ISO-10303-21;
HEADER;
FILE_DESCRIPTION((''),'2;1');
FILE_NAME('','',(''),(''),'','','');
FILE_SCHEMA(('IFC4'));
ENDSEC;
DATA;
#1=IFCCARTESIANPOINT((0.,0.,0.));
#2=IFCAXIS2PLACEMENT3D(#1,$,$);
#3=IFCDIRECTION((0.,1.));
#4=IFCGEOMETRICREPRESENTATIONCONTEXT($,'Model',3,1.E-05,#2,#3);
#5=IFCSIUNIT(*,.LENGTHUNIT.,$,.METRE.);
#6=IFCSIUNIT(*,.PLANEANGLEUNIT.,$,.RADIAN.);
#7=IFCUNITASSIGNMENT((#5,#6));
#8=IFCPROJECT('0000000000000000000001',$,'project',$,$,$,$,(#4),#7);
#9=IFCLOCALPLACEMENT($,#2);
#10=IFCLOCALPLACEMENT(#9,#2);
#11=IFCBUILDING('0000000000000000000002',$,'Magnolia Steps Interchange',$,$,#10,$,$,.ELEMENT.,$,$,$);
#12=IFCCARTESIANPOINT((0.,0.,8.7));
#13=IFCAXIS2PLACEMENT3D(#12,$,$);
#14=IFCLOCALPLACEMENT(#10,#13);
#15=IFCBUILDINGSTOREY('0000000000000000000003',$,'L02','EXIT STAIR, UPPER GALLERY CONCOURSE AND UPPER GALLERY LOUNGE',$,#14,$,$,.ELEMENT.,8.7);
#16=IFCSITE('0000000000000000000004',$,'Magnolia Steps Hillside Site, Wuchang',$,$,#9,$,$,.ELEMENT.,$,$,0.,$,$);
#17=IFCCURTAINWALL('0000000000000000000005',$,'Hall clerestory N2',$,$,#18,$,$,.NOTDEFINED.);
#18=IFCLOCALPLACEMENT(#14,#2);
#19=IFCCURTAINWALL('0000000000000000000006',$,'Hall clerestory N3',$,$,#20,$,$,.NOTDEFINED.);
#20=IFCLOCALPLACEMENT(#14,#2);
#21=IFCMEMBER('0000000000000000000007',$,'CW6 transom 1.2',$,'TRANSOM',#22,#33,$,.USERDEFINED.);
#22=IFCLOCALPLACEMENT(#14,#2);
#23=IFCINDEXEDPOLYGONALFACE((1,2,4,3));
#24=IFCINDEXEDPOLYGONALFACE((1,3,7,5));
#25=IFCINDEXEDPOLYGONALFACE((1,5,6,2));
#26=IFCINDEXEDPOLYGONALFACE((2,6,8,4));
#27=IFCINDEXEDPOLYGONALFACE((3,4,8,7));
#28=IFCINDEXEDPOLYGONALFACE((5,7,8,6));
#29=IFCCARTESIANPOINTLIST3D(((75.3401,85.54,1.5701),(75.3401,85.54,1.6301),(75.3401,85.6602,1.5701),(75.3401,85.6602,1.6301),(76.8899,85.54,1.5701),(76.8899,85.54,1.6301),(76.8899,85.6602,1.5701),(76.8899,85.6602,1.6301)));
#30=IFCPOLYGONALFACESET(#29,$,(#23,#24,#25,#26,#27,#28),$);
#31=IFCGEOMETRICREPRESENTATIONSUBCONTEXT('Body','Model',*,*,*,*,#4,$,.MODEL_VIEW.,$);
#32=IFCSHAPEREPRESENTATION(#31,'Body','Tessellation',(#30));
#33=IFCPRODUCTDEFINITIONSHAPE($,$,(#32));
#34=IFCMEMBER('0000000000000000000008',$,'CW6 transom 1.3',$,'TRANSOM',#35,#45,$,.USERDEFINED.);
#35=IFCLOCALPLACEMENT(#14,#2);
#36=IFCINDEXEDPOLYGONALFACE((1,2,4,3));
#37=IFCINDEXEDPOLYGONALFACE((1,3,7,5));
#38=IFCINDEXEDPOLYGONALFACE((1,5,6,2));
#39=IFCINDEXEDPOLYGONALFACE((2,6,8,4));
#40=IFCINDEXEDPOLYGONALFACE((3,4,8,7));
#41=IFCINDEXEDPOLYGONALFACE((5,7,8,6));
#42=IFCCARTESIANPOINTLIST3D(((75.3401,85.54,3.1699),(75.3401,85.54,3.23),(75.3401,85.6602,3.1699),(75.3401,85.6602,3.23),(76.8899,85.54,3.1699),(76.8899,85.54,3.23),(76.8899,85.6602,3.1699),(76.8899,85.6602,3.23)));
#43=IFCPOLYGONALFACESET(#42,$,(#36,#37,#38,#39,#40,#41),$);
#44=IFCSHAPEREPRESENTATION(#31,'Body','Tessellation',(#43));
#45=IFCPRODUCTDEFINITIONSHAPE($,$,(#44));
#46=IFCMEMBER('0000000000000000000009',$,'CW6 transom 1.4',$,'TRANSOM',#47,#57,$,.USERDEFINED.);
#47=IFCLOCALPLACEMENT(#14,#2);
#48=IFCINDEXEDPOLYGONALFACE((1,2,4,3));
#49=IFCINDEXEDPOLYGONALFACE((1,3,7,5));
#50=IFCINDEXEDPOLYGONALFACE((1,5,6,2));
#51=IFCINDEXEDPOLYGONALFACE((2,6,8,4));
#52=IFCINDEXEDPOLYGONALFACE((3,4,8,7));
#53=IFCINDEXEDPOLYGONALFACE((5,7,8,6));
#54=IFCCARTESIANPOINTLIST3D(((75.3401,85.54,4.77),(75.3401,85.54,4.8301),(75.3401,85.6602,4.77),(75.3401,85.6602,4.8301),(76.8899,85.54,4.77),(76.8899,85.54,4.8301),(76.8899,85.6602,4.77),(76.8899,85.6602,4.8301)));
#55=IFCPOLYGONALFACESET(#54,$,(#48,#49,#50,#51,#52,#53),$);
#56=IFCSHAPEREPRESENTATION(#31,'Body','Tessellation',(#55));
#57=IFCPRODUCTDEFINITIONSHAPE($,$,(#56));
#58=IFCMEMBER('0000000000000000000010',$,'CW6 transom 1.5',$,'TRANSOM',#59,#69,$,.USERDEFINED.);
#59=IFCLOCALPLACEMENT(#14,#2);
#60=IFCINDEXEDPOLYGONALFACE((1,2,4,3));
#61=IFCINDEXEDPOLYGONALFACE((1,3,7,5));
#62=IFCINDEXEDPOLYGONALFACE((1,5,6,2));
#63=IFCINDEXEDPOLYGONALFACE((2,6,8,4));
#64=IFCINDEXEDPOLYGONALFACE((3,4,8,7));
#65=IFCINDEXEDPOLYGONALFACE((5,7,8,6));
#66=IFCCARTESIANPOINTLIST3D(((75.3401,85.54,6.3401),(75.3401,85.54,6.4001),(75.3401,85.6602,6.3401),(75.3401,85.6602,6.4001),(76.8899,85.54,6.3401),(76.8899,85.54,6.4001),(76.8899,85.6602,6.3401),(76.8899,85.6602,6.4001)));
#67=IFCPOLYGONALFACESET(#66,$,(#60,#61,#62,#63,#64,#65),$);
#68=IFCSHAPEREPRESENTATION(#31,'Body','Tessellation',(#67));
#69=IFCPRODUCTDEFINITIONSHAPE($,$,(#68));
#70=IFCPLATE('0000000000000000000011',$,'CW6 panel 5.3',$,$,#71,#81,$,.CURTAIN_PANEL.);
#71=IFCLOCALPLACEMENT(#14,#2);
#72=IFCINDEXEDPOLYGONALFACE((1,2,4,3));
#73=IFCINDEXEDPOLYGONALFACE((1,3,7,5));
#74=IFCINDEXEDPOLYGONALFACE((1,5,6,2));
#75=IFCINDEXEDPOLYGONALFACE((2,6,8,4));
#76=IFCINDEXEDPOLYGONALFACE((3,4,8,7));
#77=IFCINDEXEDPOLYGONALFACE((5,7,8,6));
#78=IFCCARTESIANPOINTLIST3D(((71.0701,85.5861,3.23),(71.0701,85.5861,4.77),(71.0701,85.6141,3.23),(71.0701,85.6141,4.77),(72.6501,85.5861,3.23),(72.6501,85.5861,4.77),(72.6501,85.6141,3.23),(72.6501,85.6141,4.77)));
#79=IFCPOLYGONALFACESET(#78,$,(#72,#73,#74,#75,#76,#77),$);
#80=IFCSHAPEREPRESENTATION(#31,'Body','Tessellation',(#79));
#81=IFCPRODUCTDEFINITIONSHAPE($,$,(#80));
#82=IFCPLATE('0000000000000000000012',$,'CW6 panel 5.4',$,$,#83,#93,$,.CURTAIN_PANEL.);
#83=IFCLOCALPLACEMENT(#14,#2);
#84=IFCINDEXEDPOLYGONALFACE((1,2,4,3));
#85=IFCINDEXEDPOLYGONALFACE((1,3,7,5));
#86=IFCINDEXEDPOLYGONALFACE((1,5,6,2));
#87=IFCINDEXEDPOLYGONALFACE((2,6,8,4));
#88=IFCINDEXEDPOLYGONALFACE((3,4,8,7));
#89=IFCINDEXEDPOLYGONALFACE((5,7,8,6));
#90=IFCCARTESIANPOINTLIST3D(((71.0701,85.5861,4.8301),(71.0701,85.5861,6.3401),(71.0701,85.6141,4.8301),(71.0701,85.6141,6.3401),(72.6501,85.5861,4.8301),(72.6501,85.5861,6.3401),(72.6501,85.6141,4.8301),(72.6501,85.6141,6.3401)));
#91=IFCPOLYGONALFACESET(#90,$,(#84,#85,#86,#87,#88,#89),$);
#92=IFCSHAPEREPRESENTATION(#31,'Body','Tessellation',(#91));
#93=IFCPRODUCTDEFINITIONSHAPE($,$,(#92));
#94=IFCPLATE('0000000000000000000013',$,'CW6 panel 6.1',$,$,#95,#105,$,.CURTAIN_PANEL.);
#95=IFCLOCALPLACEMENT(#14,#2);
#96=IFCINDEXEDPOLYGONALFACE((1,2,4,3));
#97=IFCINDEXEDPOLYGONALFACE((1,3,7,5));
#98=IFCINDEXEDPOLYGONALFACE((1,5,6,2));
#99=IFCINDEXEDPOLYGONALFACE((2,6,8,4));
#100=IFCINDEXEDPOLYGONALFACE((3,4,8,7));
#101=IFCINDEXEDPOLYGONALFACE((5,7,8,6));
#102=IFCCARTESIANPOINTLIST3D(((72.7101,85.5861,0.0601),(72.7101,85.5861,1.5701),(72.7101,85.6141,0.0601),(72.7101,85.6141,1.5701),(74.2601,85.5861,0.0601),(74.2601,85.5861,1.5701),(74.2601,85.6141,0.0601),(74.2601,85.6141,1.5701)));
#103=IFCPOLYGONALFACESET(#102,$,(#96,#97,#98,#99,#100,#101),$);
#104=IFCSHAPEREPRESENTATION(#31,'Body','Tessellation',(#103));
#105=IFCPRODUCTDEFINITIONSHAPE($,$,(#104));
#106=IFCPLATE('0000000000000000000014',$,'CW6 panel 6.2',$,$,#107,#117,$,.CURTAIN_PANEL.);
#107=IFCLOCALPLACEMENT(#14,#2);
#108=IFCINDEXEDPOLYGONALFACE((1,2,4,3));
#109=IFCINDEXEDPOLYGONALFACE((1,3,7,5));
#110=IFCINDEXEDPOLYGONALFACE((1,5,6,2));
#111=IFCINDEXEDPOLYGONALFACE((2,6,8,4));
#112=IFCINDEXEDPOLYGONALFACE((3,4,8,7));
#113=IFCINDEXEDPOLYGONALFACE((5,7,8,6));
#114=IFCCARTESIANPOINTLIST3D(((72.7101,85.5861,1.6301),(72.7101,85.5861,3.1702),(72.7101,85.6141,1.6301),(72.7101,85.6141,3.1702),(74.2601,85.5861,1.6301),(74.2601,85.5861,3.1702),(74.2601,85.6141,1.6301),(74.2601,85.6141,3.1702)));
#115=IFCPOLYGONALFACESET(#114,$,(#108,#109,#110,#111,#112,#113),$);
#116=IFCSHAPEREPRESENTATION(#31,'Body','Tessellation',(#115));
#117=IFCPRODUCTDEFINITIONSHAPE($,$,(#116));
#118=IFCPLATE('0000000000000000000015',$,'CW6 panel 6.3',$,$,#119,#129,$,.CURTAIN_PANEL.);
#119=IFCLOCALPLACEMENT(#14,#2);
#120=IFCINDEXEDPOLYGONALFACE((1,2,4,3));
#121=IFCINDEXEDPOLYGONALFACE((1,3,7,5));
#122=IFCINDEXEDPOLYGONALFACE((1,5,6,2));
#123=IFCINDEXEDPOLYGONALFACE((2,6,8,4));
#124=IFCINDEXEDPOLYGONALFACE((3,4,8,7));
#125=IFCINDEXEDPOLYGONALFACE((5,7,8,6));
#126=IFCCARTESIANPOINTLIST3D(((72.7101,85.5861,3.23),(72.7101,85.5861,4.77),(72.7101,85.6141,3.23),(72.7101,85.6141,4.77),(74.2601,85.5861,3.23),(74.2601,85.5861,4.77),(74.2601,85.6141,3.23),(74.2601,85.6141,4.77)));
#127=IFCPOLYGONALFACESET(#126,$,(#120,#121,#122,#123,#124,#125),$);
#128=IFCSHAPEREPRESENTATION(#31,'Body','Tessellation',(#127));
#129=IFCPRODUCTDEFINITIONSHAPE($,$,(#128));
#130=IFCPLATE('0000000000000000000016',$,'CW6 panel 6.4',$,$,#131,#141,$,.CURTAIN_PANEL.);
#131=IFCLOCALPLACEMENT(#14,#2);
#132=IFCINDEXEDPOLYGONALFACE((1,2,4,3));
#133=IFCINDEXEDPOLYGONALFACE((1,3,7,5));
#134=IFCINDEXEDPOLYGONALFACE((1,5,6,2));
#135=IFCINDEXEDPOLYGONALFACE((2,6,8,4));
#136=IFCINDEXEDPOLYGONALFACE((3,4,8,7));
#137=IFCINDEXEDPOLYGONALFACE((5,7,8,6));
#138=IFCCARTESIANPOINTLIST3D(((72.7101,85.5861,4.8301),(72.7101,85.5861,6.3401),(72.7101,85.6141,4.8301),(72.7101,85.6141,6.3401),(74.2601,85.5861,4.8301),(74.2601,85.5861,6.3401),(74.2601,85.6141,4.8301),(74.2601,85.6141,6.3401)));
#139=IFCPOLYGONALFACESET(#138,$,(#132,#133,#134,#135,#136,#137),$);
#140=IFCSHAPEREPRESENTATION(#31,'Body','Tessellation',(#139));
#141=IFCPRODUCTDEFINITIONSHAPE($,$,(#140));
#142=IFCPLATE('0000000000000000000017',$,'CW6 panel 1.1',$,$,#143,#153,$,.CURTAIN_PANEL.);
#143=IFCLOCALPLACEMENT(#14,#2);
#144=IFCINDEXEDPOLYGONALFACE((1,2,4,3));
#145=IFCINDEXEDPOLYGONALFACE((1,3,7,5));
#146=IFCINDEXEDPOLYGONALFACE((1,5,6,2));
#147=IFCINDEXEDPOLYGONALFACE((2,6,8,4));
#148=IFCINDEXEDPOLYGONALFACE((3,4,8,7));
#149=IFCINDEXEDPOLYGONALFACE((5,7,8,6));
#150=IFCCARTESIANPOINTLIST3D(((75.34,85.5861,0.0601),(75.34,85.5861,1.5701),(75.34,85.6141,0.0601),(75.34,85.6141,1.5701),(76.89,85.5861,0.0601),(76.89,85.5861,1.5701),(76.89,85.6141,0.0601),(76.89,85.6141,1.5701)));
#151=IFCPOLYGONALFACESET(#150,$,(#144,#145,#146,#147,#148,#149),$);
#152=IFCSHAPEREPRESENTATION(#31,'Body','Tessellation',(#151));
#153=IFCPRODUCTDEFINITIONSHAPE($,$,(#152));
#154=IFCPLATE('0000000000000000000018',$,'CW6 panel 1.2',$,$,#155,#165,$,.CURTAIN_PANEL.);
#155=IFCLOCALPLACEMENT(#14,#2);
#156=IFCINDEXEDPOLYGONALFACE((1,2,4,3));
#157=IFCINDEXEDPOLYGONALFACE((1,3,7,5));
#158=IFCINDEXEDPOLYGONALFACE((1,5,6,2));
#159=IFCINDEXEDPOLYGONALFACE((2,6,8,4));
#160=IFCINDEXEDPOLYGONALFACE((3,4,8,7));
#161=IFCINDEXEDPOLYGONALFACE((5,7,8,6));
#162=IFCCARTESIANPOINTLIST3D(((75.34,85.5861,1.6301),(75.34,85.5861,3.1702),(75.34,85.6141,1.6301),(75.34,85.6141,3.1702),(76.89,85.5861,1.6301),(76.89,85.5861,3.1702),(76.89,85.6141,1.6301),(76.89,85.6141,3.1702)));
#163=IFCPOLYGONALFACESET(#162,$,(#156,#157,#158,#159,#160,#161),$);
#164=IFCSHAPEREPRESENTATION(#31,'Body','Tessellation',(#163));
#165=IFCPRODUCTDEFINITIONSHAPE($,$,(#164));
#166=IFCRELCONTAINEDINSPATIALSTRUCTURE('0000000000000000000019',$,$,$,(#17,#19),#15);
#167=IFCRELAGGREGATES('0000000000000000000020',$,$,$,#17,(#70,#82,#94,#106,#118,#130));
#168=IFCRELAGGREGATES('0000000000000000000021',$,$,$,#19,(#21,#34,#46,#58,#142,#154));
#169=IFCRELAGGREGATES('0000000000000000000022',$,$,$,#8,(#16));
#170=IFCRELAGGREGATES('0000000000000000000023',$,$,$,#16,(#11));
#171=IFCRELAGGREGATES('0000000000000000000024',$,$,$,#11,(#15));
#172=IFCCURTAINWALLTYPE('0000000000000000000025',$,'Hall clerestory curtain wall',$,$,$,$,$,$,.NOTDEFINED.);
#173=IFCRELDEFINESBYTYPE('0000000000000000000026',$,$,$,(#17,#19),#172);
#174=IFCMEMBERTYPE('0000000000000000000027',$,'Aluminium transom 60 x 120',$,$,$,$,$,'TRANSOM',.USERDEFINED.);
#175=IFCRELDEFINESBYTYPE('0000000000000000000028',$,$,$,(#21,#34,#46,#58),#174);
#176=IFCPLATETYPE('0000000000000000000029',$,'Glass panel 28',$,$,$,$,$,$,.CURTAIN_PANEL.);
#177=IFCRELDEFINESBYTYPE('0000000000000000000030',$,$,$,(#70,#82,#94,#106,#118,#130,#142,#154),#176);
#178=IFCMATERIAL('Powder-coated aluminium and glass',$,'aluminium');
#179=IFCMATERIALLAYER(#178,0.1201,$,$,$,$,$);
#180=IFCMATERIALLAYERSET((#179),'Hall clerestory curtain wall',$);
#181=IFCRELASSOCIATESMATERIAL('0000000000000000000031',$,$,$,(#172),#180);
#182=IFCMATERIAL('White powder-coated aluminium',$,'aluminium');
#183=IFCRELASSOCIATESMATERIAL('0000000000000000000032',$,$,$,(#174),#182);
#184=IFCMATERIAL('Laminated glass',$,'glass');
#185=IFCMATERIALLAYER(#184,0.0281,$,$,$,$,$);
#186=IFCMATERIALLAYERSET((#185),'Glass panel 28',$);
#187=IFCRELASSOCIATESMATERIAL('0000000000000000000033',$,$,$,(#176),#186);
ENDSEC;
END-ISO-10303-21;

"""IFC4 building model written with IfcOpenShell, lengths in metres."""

from ifc_helpers import new_model, si_unit, direction, frame, origin, origin_2d, place, context, subcontext, project, spatial, rectangle, extrude, material, layer, layer_set, material_profile, profile_set, type_object, element, aggregate, save


model = new_model("IFC4")

# Units and contexts
model_context = context("Model", 3, precision=1e-05, world=origin(), true_north=direction((0.0, 1.0)))
body_context = subcontext(model_context, "Body", "Model", "MODEL_VIEW")
ifc_project = project(units=[si_unit("LENGTHUNIT", "METRE"), si_unit("PLANEANGLEUNIT", "RADIAN")], contexts=[model_context])

# Site, building, storey
site_placement = place(None, origin())
site = spatial("IfcSite", under=ifc_project, at=site_placement, Name="Magnolia Steps Hillside Site, Wuchang", CompositionType="ELEMENT", RefElevation=0.0)
building_placement = place(site_placement, origin())
building = spatial("IfcBuilding", under=site, at=building_placement, Name="Magnolia Steps Interchange", CompositionType="ELEMENT")
storey_placement = place(building_placement, frame((0.0, 0.0, 8.7)))
storey = spatial("IfcBuildingStorey", under=building, at=storey_placement, Name="L02", Description="EXIT STAIR, UPPER GALLERY CONCOURSE AND UPPER GALLERY LOUNGE", CompositionType="ELEMENT", Elevation=8.7)

# Curtain wall
ifc_material_1 = material(Name="Powder-coated aluminium and glass", Category="aluminium")
ifc_layer_1 = layer(ifc_material_1, 0.1201)
ifc_layer_set_1 = layer_set([ifc_layer_1], Name="Hall clerestory curtain wall")
curtain_wall_type = type_object("IfcCurtainWallType", Name="Hall clerestory curtain wall", PredefinedType="NOTDEFINED", material=ifc_layer_set_1)
curtain_wall_1_placement = place(storey_placement, origin())
curtain_wall_1 = element("IfcCurtainWall", 1, at=curtain_wall_1_placement, inside=storey, type_object=curtain_wall_type, Name="Hall clerestory N2", PredefinedType="NOTDEFINED")

# Curtain wall
curtain_wall_2_placement = place(storey_placement, origin())
curtain_wall_2 = element("IfcCurtainWall", 2, at=curtain_wall_2_placement, inside=storey, type_object=curtain_wall_type, Name="Hall clerestory N3", PredefinedType="NOTDEFINED")

# Members
ifc_material_2 = material(Name="White powder-coated aluminium", Category="aluminium")
ifc_material_profile_1 = material_profile(ifc_material_2, rectangle(XDim=0.0601, YDim=0.1201, at=origin_2d()), Name="Aluminium transom 60 x 120")
ifc_profile_set_1 = profile_set([ifc_material_profile_1], Name="White powder-coated aluminium")
member_type_1 = type_object("IfcMemberType", Name="Aluminium transom 60 x 120", ElementType="TRANSOM", PredefinedType="USERDEFINED", material=ifc_profile_set_1)
member_1_placement = place(storey_placement, frame((75.3401, 85.6001, 1.6001), z_axis=(1.0, 0.0, 0.0), x_axis=(0.0, 0.0, 1.0)))
member_1 = element("IfcMember", 3, at=member_1_placement, type_object=member_type_1, Name="CW6 transom 1.2", ObjectType="TRANSOM", PredefinedType="USERDEFINED", context=body_context, shape_type="SweptSolid", body=[
    extrude(rectangle(XDim=0.0601, YDim=0.1201, at=origin_2d()), origin(), (0.0, 0.0, 1.0), 1.5498),
])
member_2_placement = place(storey_placement, frame((75.3401, 85.6001, 3.2), z_axis=(1.0, 0.0, 0.0), x_axis=(0.0, 0.0, 1.0)))
member_2 = element("IfcMember", 4, at=member_2_placement, type_object=member_type_1, Name="CW6 transom 1.3", ObjectType="TRANSOM", PredefinedType="USERDEFINED", context=body_context, shape_type="SweptSolid", body=[
    extrude(rectangle(XDim=0.0601, YDim=0.1201, at=origin_2d()), origin(), (0.0, 0.0, 1.0), 1.5498),
])
member_3_placement = place(storey_placement, frame((75.3401, 85.6001, 4.8), z_axis=(1.0, 0.0, 0.0), x_axis=(0.0, 0.0, 1.0)))
member_3 = element("IfcMember", 5, at=member_3_placement, type_object=member_type_1, Name="CW6 transom 1.4", ObjectType="TRANSOM", PredefinedType="USERDEFINED", context=body_context, shape_type="SweptSolid", body=[
    extrude(rectangle(XDim=0.0601, YDim=0.1201, at=origin_2d()), origin(), (0.0, 0.0, 1.0), 1.5498),
])
member_4_placement = place(storey_placement, frame((75.3401, 85.6001, 6.3701), z_axis=(1.0, 0.0, 0.0), x_axis=(0.0, 0.0, 1.0)))
member_4 = element("IfcMember", 6, at=member_4_placement, type_object=member_type_1, Name="CW6 transom 1.5", ObjectType="TRANSOM", PredefinedType="USERDEFINED", context=body_context, shape_type="SweptSolid", body=[
    extrude(rectangle(XDim=0.0601, YDim=0.1201, at=origin_2d()), origin(), (0.0, 0.0, 1.0), 1.5498),
])

# Plates
ifc_material_3 = material(Name="Laminated glass", Category="glass")
ifc_layer_2 = layer(ifc_material_3, 0.0281)
ifc_layer_set_2 = layer_set([ifc_layer_2], Name="Glass panel 28")
plate_type = type_object("IfcPlateType", Name="Glass panel 28", PredefinedType="CURTAIN_PANEL", material=ifc_layer_set_2)
plate_1_placement = place(storey_placement, frame((71.8601, 85.6001, 3.23), z_axis=(0.0, 0.0, 1.0), x_axis=(1.0, 0.0, 0.0)))
plate_1 = element("IfcPlate", 7, at=plate_1_placement, type_object=plate_type, Name="CW6 panel 5.3", PredefinedType="CURTAIN_PANEL", context=body_context, shape_type="SweptSolid", body=[
    extrude(rectangle(XDim=1.5801, YDim=0.0281, at=origin_2d()), origin(), (0.0, 0.0, 1.0), 1.54),
])
plate_2_placement = place(storey_placement, frame((71.8601, 85.6001, 4.8301), z_axis=(0.0, 0.0, 1.0), x_axis=(1.0, 0.0, 0.0)))
plate_2 = element("IfcPlate", 8, at=plate_2_placement, type_object=plate_type, Name="CW6 panel 5.4", PredefinedType="CURTAIN_PANEL", context=body_context, shape_type="SweptSolid", body=[
    extrude(rectangle(XDim=1.5801, YDim=0.0281, at=origin_2d()), origin(), (0.0, 0.0, 1.0), 1.51),
])
plate_3_placement = place(storey_placement, frame((73.4851, 85.6001, 0.0601), z_axis=(0.0, 0.0, 1.0), x_axis=(1.0, 0.0, 0.0)))
plate_3 = element("IfcPlate", 9, at=plate_3_placement, type_object=plate_type, Name="CW6 panel 6.1", PredefinedType="CURTAIN_PANEL", context=body_context, shape_type="SweptSolid", body=[
    extrude(rectangle(XDim=1.55, YDim=0.0281, at=origin_2d()), origin(), (0.0, 0.0, 1.0), 1.51),
])
plate_4_placement = place(storey_placement, frame((73.4851, 85.6001, 1.6301), z_axis=(0.0, 0.0, 1.0), x_axis=(1.0, 0.0, 0.0)))
plate_4 = element("IfcPlate", 10, at=plate_4_placement, type_object=plate_type, Name="CW6 panel 6.2", PredefinedType="CURTAIN_PANEL", context=body_context, shape_type="SweptSolid", body=[
    extrude(rectangle(XDim=1.55, YDim=0.0281, at=origin_2d()), origin(), (0.0, 0.0, 1.0), 1.54),
])
plate_5_placement = place(storey_placement, frame((73.4851, 85.6001, 3.23), z_axis=(0.0, 0.0, 1.0), x_axis=(1.0, 0.0, 0.0)))
plate_5 = element("IfcPlate", 11, at=plate_5_placement, type_object=plate_type, Name="CW6 panel 6.3", PredefinedType="CURTAIN_PANEL", context=body_context, shape_type="SweptSolid", body=[
    extrude(rectangle(XDim=1.55, YDim=0.0281, at=origin_2d()), origin(), (0.0, 0.0, 1.0), 1.54),
])
plate_6_placement = place(storey_placement, frame((73.4851, 85.6001, 4.8301), z_axis=(0.0, 0.0, 1.0), x_axis=(1.0, 0.0, 0.0)))
plate_6 = element("IfcPlate", 12, at=plate_6_placement, type_object=plate_type, Name="CW6 panel 6.4", PredefinedType="CURTAIN_PANEL", context=body_context, shape_type="SweptSolid", body=[
    extrude(rectangle(XDim=1.55, YDim=0.0281, at=origin_2d()), origin(), (0.0, 0.0, 1.0), 1.51),
])
aggregate(curtain_wall_1, [plate_1, plate_2, plate_3, plate_4, plate_5, plate_6])
plate_7_placement = place(storey_placement, frame((76.115, 85.6001, 0.0601), z_axis=(0.0, 0.0, 1.0), x_axis=(1.0, 0.0, 0.0)))
plate_7 = element("IfcPlate", 13, at=plate_7_placement, type_object=plate_type, Name="CW6 panel 1.1", PredefinedType="CURTAIN_PANEL", context=body_context, shape_type="SweptSolid", body=[
    extrude(rectangle(XDim=1.55, YDim=0.0281, at=origin_2d()), origin(), (0.0, 0.0, 1.0), 1.51),
])
plate_8_placement = place(storey_placement, frame((76.115, 85.6001, 1.6301), z_axis=(0.0, 0.0, 1.0), x_axis=(1.0, 0.0, 0.0)))
plate_8 = element("IfcPlate", 14, at=plate_8_placement, type_object=plate_type, Name="CW6 panel 1.2", PredefinedType="CURTAIN_PANEL", context=body_context, shape_type="SweptSolid", body=[
    extrude(rectangle(XDim=1.55, YDim=0.0281, at=origin_2d()), origin(), (0.0, 0.0, 1.0), 1.54),
])
aggregate(curtain_wall_2, [member_1, member_2, member_3, member_4, plate_7, plate_8])

save(model, "model.ifc")
